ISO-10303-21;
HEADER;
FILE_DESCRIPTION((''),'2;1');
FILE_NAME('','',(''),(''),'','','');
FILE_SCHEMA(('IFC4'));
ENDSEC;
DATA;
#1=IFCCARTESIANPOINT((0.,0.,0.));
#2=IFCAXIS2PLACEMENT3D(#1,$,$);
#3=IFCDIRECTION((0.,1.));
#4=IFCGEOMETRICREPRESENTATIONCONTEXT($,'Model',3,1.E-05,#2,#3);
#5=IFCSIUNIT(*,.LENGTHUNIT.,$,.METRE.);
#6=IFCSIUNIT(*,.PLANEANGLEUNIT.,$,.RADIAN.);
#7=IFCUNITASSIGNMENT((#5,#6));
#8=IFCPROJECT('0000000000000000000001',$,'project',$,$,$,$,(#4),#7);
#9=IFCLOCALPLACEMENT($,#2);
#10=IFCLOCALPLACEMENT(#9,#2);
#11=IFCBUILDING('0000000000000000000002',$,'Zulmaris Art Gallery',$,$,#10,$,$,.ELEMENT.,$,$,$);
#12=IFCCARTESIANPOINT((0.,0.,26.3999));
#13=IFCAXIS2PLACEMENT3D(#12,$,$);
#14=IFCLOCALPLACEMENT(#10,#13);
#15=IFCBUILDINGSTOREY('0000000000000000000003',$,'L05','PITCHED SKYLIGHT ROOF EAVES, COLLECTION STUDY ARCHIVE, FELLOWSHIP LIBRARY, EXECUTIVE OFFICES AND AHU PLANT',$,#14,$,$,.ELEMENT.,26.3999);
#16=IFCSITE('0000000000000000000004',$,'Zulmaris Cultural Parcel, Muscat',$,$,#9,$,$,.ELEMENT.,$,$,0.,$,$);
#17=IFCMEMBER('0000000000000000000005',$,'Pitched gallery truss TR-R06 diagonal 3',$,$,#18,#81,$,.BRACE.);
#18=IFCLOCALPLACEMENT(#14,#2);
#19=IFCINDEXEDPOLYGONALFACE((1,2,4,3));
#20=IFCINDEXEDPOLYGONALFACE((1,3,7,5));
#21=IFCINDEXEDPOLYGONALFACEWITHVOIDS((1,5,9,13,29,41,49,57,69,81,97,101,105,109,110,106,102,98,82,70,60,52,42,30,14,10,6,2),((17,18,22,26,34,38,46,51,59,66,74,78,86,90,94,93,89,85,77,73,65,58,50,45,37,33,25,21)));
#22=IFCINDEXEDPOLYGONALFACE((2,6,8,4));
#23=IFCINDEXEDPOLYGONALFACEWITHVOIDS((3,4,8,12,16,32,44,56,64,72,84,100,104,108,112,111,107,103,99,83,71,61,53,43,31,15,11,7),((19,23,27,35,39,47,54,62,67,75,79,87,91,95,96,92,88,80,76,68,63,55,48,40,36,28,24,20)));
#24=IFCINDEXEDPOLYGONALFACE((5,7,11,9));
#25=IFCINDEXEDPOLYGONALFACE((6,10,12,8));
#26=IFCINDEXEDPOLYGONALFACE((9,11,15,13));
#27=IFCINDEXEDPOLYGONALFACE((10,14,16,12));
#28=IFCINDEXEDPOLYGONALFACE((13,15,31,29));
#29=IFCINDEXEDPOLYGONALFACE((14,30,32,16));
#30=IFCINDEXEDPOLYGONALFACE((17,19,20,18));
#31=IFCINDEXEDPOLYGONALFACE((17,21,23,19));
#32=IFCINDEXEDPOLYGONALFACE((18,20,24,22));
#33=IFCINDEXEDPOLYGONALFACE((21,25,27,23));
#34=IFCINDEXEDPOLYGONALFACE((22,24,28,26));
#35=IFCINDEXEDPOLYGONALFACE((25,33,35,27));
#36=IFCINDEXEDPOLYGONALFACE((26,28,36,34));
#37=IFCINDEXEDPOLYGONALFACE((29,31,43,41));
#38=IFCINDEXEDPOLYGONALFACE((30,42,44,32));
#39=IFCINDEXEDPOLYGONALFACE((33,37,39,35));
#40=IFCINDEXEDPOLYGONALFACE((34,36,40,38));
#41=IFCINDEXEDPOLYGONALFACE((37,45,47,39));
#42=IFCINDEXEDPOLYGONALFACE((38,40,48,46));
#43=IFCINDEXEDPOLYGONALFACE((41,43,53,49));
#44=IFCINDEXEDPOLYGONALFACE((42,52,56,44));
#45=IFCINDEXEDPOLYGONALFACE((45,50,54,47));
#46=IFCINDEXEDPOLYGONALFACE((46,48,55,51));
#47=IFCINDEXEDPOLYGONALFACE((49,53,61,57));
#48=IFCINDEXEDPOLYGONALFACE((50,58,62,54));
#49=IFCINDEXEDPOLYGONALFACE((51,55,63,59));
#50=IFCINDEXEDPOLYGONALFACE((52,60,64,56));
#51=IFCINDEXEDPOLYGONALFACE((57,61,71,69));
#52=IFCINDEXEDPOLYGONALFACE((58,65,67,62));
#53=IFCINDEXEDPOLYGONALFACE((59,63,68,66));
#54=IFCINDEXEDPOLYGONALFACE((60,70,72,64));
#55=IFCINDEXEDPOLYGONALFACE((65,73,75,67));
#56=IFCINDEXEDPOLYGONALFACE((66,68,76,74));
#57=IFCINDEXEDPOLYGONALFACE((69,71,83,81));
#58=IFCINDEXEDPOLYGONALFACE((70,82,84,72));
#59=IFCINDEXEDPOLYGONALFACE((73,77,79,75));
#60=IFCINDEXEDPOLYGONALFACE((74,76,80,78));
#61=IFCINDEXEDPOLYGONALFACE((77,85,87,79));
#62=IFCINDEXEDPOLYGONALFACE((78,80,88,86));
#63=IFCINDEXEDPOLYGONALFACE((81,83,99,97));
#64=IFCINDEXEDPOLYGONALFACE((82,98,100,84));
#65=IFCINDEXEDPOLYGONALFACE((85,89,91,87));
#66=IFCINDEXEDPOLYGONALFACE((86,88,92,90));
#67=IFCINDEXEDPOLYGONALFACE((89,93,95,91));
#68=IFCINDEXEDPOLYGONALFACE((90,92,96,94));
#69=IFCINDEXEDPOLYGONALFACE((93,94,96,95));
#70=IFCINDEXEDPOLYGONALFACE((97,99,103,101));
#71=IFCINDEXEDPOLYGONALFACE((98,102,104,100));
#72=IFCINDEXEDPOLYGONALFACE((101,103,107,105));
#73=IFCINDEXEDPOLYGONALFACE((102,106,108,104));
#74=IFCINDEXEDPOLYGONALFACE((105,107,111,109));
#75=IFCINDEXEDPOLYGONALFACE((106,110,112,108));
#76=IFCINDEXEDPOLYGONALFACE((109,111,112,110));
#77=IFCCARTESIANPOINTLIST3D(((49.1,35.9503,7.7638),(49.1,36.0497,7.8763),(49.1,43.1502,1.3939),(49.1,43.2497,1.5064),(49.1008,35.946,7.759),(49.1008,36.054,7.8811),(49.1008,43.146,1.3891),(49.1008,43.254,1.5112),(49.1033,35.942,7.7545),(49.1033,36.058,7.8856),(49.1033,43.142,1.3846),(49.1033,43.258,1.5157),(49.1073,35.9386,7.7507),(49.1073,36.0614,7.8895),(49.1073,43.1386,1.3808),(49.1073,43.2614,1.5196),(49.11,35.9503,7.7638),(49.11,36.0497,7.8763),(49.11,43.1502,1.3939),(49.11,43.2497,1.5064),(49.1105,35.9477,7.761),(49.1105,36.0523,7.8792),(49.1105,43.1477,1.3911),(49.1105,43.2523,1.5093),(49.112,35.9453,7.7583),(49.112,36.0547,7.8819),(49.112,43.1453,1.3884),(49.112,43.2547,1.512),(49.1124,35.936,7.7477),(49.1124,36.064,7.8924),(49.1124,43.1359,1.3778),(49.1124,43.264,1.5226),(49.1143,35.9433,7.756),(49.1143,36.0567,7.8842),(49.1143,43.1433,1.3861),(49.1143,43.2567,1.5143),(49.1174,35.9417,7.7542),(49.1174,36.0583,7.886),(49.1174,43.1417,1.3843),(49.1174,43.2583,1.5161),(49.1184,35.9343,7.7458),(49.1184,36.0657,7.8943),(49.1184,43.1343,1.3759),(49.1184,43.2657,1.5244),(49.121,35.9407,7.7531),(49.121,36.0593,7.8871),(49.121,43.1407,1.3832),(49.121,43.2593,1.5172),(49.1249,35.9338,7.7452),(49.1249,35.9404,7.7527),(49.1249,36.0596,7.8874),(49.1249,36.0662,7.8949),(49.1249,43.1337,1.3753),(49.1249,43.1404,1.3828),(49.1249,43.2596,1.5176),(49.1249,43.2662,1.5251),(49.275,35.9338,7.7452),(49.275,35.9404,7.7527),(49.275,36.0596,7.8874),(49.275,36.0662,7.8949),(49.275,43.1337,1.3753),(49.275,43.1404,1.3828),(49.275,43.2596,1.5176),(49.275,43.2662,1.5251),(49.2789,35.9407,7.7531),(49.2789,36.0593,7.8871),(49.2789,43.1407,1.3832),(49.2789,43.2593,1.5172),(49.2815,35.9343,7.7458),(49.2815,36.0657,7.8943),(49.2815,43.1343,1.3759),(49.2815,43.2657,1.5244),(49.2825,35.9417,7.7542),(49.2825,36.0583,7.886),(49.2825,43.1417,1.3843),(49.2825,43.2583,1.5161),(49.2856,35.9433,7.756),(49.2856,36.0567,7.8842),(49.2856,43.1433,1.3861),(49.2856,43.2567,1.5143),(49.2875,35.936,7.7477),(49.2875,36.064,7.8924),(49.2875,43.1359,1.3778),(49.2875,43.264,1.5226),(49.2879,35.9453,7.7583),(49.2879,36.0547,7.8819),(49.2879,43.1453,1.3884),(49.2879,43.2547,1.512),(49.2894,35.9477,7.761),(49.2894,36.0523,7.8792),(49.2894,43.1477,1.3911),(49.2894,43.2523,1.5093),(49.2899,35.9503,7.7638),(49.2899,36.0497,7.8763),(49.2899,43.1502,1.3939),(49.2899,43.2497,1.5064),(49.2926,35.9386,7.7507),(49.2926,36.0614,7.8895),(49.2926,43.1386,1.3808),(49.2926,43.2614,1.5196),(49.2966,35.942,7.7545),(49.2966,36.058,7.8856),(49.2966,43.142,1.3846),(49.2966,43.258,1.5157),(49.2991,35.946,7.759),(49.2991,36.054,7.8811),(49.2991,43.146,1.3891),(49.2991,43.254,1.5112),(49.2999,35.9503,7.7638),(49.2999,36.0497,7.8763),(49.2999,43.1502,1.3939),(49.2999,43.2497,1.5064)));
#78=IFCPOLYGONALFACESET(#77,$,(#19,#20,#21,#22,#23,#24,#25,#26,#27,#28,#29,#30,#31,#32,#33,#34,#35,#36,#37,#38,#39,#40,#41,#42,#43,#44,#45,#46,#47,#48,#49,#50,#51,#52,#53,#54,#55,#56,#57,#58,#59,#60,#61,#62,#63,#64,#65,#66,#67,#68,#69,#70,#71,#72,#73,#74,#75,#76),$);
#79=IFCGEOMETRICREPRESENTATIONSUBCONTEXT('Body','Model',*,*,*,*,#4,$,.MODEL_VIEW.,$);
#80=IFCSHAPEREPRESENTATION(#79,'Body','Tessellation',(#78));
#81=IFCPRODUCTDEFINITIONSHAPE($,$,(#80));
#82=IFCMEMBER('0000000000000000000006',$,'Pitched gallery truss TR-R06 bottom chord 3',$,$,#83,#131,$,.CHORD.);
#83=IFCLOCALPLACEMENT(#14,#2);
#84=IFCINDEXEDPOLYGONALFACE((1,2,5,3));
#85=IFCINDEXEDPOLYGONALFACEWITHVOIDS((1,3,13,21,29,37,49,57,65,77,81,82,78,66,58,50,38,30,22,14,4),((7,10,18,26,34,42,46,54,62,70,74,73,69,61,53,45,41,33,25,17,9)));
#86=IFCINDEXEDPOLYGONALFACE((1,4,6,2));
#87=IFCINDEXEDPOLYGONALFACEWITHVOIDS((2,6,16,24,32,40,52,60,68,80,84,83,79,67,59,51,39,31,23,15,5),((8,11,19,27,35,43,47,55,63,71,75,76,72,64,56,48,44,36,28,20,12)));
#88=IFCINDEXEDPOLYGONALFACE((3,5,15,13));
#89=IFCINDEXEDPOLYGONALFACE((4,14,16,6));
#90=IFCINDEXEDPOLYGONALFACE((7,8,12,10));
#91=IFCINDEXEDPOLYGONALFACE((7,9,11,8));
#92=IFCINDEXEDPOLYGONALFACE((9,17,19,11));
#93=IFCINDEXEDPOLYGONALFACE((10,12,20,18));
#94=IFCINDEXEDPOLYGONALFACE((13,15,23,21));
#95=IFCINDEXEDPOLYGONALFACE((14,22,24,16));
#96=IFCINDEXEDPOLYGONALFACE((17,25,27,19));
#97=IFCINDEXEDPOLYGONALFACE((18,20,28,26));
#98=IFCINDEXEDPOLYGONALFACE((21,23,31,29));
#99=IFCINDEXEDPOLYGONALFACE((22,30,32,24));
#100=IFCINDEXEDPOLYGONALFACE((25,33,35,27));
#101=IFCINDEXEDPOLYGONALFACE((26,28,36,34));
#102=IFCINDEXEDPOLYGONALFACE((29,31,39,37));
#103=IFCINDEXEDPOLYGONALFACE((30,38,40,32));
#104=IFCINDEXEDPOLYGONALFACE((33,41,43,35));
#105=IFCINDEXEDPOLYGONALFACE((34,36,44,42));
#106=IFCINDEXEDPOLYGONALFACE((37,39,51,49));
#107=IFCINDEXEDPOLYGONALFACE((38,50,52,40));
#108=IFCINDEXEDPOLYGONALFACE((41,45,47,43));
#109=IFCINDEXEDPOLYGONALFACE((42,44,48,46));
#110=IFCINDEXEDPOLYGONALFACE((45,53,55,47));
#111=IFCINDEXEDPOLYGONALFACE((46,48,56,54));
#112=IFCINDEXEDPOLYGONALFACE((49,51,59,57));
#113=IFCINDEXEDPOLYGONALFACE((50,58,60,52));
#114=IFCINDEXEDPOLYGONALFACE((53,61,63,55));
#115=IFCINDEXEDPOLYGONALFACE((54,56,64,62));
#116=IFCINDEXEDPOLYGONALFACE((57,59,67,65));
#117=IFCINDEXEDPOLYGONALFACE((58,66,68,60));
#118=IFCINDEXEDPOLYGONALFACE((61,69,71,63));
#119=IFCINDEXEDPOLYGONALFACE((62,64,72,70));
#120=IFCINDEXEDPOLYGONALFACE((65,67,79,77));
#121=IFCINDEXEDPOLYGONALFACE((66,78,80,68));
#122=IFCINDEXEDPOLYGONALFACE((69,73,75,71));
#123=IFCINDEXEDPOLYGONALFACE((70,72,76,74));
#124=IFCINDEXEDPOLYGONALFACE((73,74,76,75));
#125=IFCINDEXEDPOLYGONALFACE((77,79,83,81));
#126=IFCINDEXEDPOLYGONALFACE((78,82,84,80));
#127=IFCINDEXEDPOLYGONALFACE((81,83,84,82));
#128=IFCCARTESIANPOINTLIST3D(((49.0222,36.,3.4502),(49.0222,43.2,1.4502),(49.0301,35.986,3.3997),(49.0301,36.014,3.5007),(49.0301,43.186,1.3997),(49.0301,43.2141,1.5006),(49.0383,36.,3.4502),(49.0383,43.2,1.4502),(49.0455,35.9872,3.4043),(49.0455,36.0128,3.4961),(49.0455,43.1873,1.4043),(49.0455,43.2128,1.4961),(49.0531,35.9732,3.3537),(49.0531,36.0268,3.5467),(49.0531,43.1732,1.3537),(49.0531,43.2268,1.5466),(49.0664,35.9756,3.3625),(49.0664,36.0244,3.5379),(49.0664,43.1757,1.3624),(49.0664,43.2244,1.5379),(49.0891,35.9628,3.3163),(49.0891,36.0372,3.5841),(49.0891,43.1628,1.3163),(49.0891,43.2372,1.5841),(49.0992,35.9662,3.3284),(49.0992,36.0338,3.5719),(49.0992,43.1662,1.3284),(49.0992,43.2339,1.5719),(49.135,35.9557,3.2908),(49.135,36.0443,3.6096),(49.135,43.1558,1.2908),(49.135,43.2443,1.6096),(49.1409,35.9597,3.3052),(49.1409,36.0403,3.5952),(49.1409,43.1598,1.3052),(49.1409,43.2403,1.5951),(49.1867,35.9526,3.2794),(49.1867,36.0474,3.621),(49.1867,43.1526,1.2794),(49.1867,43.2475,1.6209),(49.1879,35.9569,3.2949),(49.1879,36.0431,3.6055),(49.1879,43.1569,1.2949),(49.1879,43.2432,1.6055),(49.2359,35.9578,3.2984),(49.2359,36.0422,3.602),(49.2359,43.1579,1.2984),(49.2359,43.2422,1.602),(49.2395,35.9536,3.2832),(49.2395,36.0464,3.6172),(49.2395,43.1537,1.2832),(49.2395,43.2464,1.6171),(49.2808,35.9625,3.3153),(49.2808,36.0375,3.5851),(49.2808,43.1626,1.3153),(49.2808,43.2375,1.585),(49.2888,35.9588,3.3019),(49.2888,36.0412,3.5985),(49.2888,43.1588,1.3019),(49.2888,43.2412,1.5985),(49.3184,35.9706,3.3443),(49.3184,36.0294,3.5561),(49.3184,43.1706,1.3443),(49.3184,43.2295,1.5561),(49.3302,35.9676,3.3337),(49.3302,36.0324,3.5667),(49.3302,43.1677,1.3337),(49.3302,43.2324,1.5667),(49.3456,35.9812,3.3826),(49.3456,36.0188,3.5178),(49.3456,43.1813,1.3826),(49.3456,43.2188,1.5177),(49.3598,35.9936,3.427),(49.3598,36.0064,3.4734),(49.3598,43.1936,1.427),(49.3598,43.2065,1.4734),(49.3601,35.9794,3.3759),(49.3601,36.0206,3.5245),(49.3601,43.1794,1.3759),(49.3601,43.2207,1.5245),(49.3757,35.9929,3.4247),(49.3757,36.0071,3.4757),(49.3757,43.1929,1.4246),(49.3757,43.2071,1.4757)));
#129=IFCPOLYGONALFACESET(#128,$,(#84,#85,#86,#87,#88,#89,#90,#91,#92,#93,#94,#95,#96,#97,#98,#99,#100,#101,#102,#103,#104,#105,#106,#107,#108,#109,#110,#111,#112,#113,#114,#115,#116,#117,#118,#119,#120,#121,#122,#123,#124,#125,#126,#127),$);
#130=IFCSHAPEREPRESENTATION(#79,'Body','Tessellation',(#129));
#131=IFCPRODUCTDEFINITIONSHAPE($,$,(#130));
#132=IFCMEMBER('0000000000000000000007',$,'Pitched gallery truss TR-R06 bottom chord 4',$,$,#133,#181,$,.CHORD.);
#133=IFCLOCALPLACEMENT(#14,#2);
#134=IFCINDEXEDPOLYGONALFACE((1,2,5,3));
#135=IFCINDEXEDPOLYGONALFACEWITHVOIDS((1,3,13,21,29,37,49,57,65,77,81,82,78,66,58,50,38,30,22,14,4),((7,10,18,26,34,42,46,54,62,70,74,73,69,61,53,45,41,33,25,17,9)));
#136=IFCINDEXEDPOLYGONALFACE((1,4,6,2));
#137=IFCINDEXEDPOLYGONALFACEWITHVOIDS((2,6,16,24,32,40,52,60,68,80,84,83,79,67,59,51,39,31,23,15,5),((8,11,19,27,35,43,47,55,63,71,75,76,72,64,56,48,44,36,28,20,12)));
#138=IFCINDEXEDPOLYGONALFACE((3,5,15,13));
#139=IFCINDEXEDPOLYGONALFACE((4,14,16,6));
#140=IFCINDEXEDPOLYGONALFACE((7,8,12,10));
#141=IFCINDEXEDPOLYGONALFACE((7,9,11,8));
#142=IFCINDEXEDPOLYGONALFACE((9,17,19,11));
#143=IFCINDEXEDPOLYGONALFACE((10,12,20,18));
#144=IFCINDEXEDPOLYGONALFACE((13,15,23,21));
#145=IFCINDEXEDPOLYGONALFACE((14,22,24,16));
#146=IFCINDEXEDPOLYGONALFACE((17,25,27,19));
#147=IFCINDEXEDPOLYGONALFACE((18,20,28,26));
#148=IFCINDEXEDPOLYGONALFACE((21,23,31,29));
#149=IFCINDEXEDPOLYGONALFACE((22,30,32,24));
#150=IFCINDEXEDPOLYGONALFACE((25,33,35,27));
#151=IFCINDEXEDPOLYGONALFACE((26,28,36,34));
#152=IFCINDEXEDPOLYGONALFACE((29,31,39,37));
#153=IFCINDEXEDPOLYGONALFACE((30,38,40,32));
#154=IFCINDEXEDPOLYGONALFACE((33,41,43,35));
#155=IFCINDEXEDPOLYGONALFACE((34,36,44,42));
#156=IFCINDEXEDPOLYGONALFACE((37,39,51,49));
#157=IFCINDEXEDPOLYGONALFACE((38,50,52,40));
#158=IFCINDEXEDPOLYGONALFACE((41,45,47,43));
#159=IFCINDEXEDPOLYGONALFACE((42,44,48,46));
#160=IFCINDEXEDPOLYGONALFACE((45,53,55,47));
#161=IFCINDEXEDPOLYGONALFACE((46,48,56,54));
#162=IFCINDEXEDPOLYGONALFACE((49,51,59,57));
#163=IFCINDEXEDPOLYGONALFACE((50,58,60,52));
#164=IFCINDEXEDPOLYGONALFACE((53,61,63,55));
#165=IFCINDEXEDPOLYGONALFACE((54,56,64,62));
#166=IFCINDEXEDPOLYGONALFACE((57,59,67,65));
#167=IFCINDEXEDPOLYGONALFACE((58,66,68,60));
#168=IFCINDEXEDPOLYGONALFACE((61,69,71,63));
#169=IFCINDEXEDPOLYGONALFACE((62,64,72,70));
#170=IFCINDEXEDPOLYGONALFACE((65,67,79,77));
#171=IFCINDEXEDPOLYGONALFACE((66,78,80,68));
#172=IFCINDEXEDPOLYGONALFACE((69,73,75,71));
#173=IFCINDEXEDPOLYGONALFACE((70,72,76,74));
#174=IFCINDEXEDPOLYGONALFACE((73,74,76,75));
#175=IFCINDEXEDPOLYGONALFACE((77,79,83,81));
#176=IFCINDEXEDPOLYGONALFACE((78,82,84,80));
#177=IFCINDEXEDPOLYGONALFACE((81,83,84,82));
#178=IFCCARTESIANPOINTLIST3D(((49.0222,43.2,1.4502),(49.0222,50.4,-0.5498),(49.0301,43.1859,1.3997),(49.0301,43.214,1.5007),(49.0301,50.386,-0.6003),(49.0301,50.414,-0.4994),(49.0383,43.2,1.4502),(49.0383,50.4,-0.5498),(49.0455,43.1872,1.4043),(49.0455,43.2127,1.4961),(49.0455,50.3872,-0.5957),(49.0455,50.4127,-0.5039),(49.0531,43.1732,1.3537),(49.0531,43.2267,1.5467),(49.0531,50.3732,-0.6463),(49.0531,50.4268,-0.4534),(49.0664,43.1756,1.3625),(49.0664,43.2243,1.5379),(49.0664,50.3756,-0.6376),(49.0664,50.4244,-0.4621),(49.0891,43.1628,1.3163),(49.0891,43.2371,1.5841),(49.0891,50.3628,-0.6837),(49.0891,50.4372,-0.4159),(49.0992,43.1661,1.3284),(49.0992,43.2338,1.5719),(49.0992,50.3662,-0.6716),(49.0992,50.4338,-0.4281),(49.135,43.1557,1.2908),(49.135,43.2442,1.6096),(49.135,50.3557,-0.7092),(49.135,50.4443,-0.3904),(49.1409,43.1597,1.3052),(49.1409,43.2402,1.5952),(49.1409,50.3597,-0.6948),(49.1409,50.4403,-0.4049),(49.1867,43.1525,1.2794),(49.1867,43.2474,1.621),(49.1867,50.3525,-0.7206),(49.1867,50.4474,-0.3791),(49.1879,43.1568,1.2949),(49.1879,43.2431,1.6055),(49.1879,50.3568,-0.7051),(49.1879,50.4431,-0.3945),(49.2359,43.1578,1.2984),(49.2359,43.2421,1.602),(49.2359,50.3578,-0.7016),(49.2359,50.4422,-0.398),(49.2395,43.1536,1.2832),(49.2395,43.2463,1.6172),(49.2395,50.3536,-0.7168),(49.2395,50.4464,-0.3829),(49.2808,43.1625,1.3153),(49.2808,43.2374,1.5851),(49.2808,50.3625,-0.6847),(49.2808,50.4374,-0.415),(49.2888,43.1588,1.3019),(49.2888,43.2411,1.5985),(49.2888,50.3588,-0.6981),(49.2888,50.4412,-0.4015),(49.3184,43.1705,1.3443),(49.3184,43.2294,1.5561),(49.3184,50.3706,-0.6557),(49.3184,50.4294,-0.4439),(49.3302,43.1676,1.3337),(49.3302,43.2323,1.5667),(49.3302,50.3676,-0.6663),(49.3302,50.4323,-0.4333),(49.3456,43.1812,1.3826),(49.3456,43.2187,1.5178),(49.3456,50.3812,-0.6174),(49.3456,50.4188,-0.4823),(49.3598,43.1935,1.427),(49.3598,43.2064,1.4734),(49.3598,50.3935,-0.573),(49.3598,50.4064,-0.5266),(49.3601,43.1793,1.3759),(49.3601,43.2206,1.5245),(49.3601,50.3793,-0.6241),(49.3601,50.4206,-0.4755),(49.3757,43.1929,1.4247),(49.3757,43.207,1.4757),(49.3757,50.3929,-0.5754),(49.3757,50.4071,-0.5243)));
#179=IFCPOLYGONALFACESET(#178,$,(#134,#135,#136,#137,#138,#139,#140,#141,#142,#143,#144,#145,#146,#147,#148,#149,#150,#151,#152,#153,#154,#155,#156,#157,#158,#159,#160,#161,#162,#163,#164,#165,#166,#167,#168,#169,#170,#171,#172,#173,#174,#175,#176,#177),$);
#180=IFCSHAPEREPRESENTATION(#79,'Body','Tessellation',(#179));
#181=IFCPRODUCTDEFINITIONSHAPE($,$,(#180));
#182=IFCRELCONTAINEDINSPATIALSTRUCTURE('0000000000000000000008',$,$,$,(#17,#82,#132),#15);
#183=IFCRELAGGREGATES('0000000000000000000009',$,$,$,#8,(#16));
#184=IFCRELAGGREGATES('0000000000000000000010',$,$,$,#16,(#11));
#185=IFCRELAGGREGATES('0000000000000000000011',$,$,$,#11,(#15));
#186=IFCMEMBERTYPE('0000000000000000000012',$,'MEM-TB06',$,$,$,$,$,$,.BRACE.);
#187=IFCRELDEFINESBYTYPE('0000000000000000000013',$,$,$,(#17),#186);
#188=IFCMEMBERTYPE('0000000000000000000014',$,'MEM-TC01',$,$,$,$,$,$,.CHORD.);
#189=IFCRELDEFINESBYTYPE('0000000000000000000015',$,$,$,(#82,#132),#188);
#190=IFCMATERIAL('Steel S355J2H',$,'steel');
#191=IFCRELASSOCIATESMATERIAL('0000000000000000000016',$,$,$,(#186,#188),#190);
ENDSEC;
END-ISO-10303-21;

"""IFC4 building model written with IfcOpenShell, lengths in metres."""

from ifc_helpers import new_model, si_unit, direction, frame, origin, origin_2d, place, context, subcontext, project, spatial, hollow_rectangle, hollow_circle, extrude, material, material_profile, profile_set, type_object, element, save


model = new_model("IFC4")

# Units and contexts
model_context = context("Model", 3, precision=1e-05, world=origin(), true_north=direction((0.0, 1.0)))
body_context = subcontext(model_context, "Body", "Model", "MODEL_VIEW")
ifc_project = project(units=[si_unit("LENGTHUNIT", "METRE"), si_unit("PLANEANGLEUNIT", "RADIAN")], contexts=[model_context])

# Site, building, storey
site_placement = place(None, origin())
site = spatial("IfcSite", under=ifc_project, at=site_placement, Name="Zulmaris Cultural Parcel, Muscat", CompositionType="ELEMENT", RefElevation=0.0)
building_placement = place(site_placement, origin())
building = spatial("IfcBuilding", under=site, at=building_placement, Name="Zulmaris Art Gallery", CompositionType="ELEMENT")
storey_placement = place(building_placement, frame((0.0, 0.0, 26.3999)))
storey = spatial("IfcBuildingStorey", under=building, at=storey_placement, Name="L05", Description="PITCHED SKYLIGHT ROOF EAVES, COLLECTION STUDY ARCHIVE, FELLOWSHIP LIBRARY, EXECUTIVE OFFICES AND AHU PLANT", CompositionType="ELEMENT", Elevation=26.3999)

# Members
ifc_material_1 = material(Name="Steel S355J2H", Category="steel")
ifc_material_profile_1 = material_profile(ifc_material_1, hollow_rectangle(XDim=0.2, YDim=0.2, WallThickness=0.01, InnerFilletRadius=0.0149, OuterFilletRadius=0.0249, at=origin_2d()), Name="SHS 200x200x10")
ifc_profile_set_1 = profile_set([ifc_material_profile_1], Name="Steel S355J2H")
member_type_1 = type_object("IfcMemberType", Name="MEM-TB06", PredefinedType="BRACE", material=ifc_profile_set_1)
member_1_placement = place(storey_placement, frame((49.2, 36.0, 7.8201), z_axis=(0.0, 0.748961, -0.662614), x_axis=(-1.0, 0.0, 0.0)))
element("IfcMember", 1, at=member_1_placement, inside=storey, type_object=member_type_1, Name="Pitched gallery truss TR-R06 diagonal 3", PredefinedType="BRACE", context=body_context, shape_type="SweptSolid", body=[
    extrude(hollow_rectangle(XDim=0.2, YDim=0.2, WallThickness=0.01, InnerFilletRadius=0.0149, OuterFilletRadius=0.0249, at=origin_2d()), origin(), (0.0, 0.0, 1.0), 9.6133),
])
ifc_material_profile_2 = material_profile(ifc_material_1, hollow_circle(Radius=0.1777, WallThickness=0.0161, at=origin_2d()), Name="CHS 355.6x16")
ifc_profile_set_2 = profile_set([ifc_material_profile_2], Name="Steel S355J2H")
member_type_2 = type_object("IfcMemberType", Name="MEM-TC01", PredefinedType="CHORD", material=ifc_profile_set_2)
for number, where, z_axis, x_axis, name in (
    (2, (49.2, 36.0, 3.4502), (0.0, 0.963517, -0.267646), (-1.0, 0.0, 0.0), "Pitched gallery truss TR-R06 bottom chord 3"),
    (3, (49.2, 43.2, 1.4502), (0.0, 0.963517, -0.267646), (-1.0, 0.0, 0.0), "Pitched gallery truss TR-R06 bottom chord 4"),
):
    element("IfcMember", number, at=place(storey_placement, frame(where, z_axis=z_axis, x_axis=x_axis)), inside=storey, type_object=member_type_2, Name=name, PredefinedType="CHORD", context=body_context, shape_type="SweptSolid", body=[
        extrude(hollow_circle(Radius=0.1777, WallThickness=0.0161, at=origin_2d()), origin(), (0.0, 0.0, 1.0), 7.4727),
    ])

save(model, "model.ifc")
